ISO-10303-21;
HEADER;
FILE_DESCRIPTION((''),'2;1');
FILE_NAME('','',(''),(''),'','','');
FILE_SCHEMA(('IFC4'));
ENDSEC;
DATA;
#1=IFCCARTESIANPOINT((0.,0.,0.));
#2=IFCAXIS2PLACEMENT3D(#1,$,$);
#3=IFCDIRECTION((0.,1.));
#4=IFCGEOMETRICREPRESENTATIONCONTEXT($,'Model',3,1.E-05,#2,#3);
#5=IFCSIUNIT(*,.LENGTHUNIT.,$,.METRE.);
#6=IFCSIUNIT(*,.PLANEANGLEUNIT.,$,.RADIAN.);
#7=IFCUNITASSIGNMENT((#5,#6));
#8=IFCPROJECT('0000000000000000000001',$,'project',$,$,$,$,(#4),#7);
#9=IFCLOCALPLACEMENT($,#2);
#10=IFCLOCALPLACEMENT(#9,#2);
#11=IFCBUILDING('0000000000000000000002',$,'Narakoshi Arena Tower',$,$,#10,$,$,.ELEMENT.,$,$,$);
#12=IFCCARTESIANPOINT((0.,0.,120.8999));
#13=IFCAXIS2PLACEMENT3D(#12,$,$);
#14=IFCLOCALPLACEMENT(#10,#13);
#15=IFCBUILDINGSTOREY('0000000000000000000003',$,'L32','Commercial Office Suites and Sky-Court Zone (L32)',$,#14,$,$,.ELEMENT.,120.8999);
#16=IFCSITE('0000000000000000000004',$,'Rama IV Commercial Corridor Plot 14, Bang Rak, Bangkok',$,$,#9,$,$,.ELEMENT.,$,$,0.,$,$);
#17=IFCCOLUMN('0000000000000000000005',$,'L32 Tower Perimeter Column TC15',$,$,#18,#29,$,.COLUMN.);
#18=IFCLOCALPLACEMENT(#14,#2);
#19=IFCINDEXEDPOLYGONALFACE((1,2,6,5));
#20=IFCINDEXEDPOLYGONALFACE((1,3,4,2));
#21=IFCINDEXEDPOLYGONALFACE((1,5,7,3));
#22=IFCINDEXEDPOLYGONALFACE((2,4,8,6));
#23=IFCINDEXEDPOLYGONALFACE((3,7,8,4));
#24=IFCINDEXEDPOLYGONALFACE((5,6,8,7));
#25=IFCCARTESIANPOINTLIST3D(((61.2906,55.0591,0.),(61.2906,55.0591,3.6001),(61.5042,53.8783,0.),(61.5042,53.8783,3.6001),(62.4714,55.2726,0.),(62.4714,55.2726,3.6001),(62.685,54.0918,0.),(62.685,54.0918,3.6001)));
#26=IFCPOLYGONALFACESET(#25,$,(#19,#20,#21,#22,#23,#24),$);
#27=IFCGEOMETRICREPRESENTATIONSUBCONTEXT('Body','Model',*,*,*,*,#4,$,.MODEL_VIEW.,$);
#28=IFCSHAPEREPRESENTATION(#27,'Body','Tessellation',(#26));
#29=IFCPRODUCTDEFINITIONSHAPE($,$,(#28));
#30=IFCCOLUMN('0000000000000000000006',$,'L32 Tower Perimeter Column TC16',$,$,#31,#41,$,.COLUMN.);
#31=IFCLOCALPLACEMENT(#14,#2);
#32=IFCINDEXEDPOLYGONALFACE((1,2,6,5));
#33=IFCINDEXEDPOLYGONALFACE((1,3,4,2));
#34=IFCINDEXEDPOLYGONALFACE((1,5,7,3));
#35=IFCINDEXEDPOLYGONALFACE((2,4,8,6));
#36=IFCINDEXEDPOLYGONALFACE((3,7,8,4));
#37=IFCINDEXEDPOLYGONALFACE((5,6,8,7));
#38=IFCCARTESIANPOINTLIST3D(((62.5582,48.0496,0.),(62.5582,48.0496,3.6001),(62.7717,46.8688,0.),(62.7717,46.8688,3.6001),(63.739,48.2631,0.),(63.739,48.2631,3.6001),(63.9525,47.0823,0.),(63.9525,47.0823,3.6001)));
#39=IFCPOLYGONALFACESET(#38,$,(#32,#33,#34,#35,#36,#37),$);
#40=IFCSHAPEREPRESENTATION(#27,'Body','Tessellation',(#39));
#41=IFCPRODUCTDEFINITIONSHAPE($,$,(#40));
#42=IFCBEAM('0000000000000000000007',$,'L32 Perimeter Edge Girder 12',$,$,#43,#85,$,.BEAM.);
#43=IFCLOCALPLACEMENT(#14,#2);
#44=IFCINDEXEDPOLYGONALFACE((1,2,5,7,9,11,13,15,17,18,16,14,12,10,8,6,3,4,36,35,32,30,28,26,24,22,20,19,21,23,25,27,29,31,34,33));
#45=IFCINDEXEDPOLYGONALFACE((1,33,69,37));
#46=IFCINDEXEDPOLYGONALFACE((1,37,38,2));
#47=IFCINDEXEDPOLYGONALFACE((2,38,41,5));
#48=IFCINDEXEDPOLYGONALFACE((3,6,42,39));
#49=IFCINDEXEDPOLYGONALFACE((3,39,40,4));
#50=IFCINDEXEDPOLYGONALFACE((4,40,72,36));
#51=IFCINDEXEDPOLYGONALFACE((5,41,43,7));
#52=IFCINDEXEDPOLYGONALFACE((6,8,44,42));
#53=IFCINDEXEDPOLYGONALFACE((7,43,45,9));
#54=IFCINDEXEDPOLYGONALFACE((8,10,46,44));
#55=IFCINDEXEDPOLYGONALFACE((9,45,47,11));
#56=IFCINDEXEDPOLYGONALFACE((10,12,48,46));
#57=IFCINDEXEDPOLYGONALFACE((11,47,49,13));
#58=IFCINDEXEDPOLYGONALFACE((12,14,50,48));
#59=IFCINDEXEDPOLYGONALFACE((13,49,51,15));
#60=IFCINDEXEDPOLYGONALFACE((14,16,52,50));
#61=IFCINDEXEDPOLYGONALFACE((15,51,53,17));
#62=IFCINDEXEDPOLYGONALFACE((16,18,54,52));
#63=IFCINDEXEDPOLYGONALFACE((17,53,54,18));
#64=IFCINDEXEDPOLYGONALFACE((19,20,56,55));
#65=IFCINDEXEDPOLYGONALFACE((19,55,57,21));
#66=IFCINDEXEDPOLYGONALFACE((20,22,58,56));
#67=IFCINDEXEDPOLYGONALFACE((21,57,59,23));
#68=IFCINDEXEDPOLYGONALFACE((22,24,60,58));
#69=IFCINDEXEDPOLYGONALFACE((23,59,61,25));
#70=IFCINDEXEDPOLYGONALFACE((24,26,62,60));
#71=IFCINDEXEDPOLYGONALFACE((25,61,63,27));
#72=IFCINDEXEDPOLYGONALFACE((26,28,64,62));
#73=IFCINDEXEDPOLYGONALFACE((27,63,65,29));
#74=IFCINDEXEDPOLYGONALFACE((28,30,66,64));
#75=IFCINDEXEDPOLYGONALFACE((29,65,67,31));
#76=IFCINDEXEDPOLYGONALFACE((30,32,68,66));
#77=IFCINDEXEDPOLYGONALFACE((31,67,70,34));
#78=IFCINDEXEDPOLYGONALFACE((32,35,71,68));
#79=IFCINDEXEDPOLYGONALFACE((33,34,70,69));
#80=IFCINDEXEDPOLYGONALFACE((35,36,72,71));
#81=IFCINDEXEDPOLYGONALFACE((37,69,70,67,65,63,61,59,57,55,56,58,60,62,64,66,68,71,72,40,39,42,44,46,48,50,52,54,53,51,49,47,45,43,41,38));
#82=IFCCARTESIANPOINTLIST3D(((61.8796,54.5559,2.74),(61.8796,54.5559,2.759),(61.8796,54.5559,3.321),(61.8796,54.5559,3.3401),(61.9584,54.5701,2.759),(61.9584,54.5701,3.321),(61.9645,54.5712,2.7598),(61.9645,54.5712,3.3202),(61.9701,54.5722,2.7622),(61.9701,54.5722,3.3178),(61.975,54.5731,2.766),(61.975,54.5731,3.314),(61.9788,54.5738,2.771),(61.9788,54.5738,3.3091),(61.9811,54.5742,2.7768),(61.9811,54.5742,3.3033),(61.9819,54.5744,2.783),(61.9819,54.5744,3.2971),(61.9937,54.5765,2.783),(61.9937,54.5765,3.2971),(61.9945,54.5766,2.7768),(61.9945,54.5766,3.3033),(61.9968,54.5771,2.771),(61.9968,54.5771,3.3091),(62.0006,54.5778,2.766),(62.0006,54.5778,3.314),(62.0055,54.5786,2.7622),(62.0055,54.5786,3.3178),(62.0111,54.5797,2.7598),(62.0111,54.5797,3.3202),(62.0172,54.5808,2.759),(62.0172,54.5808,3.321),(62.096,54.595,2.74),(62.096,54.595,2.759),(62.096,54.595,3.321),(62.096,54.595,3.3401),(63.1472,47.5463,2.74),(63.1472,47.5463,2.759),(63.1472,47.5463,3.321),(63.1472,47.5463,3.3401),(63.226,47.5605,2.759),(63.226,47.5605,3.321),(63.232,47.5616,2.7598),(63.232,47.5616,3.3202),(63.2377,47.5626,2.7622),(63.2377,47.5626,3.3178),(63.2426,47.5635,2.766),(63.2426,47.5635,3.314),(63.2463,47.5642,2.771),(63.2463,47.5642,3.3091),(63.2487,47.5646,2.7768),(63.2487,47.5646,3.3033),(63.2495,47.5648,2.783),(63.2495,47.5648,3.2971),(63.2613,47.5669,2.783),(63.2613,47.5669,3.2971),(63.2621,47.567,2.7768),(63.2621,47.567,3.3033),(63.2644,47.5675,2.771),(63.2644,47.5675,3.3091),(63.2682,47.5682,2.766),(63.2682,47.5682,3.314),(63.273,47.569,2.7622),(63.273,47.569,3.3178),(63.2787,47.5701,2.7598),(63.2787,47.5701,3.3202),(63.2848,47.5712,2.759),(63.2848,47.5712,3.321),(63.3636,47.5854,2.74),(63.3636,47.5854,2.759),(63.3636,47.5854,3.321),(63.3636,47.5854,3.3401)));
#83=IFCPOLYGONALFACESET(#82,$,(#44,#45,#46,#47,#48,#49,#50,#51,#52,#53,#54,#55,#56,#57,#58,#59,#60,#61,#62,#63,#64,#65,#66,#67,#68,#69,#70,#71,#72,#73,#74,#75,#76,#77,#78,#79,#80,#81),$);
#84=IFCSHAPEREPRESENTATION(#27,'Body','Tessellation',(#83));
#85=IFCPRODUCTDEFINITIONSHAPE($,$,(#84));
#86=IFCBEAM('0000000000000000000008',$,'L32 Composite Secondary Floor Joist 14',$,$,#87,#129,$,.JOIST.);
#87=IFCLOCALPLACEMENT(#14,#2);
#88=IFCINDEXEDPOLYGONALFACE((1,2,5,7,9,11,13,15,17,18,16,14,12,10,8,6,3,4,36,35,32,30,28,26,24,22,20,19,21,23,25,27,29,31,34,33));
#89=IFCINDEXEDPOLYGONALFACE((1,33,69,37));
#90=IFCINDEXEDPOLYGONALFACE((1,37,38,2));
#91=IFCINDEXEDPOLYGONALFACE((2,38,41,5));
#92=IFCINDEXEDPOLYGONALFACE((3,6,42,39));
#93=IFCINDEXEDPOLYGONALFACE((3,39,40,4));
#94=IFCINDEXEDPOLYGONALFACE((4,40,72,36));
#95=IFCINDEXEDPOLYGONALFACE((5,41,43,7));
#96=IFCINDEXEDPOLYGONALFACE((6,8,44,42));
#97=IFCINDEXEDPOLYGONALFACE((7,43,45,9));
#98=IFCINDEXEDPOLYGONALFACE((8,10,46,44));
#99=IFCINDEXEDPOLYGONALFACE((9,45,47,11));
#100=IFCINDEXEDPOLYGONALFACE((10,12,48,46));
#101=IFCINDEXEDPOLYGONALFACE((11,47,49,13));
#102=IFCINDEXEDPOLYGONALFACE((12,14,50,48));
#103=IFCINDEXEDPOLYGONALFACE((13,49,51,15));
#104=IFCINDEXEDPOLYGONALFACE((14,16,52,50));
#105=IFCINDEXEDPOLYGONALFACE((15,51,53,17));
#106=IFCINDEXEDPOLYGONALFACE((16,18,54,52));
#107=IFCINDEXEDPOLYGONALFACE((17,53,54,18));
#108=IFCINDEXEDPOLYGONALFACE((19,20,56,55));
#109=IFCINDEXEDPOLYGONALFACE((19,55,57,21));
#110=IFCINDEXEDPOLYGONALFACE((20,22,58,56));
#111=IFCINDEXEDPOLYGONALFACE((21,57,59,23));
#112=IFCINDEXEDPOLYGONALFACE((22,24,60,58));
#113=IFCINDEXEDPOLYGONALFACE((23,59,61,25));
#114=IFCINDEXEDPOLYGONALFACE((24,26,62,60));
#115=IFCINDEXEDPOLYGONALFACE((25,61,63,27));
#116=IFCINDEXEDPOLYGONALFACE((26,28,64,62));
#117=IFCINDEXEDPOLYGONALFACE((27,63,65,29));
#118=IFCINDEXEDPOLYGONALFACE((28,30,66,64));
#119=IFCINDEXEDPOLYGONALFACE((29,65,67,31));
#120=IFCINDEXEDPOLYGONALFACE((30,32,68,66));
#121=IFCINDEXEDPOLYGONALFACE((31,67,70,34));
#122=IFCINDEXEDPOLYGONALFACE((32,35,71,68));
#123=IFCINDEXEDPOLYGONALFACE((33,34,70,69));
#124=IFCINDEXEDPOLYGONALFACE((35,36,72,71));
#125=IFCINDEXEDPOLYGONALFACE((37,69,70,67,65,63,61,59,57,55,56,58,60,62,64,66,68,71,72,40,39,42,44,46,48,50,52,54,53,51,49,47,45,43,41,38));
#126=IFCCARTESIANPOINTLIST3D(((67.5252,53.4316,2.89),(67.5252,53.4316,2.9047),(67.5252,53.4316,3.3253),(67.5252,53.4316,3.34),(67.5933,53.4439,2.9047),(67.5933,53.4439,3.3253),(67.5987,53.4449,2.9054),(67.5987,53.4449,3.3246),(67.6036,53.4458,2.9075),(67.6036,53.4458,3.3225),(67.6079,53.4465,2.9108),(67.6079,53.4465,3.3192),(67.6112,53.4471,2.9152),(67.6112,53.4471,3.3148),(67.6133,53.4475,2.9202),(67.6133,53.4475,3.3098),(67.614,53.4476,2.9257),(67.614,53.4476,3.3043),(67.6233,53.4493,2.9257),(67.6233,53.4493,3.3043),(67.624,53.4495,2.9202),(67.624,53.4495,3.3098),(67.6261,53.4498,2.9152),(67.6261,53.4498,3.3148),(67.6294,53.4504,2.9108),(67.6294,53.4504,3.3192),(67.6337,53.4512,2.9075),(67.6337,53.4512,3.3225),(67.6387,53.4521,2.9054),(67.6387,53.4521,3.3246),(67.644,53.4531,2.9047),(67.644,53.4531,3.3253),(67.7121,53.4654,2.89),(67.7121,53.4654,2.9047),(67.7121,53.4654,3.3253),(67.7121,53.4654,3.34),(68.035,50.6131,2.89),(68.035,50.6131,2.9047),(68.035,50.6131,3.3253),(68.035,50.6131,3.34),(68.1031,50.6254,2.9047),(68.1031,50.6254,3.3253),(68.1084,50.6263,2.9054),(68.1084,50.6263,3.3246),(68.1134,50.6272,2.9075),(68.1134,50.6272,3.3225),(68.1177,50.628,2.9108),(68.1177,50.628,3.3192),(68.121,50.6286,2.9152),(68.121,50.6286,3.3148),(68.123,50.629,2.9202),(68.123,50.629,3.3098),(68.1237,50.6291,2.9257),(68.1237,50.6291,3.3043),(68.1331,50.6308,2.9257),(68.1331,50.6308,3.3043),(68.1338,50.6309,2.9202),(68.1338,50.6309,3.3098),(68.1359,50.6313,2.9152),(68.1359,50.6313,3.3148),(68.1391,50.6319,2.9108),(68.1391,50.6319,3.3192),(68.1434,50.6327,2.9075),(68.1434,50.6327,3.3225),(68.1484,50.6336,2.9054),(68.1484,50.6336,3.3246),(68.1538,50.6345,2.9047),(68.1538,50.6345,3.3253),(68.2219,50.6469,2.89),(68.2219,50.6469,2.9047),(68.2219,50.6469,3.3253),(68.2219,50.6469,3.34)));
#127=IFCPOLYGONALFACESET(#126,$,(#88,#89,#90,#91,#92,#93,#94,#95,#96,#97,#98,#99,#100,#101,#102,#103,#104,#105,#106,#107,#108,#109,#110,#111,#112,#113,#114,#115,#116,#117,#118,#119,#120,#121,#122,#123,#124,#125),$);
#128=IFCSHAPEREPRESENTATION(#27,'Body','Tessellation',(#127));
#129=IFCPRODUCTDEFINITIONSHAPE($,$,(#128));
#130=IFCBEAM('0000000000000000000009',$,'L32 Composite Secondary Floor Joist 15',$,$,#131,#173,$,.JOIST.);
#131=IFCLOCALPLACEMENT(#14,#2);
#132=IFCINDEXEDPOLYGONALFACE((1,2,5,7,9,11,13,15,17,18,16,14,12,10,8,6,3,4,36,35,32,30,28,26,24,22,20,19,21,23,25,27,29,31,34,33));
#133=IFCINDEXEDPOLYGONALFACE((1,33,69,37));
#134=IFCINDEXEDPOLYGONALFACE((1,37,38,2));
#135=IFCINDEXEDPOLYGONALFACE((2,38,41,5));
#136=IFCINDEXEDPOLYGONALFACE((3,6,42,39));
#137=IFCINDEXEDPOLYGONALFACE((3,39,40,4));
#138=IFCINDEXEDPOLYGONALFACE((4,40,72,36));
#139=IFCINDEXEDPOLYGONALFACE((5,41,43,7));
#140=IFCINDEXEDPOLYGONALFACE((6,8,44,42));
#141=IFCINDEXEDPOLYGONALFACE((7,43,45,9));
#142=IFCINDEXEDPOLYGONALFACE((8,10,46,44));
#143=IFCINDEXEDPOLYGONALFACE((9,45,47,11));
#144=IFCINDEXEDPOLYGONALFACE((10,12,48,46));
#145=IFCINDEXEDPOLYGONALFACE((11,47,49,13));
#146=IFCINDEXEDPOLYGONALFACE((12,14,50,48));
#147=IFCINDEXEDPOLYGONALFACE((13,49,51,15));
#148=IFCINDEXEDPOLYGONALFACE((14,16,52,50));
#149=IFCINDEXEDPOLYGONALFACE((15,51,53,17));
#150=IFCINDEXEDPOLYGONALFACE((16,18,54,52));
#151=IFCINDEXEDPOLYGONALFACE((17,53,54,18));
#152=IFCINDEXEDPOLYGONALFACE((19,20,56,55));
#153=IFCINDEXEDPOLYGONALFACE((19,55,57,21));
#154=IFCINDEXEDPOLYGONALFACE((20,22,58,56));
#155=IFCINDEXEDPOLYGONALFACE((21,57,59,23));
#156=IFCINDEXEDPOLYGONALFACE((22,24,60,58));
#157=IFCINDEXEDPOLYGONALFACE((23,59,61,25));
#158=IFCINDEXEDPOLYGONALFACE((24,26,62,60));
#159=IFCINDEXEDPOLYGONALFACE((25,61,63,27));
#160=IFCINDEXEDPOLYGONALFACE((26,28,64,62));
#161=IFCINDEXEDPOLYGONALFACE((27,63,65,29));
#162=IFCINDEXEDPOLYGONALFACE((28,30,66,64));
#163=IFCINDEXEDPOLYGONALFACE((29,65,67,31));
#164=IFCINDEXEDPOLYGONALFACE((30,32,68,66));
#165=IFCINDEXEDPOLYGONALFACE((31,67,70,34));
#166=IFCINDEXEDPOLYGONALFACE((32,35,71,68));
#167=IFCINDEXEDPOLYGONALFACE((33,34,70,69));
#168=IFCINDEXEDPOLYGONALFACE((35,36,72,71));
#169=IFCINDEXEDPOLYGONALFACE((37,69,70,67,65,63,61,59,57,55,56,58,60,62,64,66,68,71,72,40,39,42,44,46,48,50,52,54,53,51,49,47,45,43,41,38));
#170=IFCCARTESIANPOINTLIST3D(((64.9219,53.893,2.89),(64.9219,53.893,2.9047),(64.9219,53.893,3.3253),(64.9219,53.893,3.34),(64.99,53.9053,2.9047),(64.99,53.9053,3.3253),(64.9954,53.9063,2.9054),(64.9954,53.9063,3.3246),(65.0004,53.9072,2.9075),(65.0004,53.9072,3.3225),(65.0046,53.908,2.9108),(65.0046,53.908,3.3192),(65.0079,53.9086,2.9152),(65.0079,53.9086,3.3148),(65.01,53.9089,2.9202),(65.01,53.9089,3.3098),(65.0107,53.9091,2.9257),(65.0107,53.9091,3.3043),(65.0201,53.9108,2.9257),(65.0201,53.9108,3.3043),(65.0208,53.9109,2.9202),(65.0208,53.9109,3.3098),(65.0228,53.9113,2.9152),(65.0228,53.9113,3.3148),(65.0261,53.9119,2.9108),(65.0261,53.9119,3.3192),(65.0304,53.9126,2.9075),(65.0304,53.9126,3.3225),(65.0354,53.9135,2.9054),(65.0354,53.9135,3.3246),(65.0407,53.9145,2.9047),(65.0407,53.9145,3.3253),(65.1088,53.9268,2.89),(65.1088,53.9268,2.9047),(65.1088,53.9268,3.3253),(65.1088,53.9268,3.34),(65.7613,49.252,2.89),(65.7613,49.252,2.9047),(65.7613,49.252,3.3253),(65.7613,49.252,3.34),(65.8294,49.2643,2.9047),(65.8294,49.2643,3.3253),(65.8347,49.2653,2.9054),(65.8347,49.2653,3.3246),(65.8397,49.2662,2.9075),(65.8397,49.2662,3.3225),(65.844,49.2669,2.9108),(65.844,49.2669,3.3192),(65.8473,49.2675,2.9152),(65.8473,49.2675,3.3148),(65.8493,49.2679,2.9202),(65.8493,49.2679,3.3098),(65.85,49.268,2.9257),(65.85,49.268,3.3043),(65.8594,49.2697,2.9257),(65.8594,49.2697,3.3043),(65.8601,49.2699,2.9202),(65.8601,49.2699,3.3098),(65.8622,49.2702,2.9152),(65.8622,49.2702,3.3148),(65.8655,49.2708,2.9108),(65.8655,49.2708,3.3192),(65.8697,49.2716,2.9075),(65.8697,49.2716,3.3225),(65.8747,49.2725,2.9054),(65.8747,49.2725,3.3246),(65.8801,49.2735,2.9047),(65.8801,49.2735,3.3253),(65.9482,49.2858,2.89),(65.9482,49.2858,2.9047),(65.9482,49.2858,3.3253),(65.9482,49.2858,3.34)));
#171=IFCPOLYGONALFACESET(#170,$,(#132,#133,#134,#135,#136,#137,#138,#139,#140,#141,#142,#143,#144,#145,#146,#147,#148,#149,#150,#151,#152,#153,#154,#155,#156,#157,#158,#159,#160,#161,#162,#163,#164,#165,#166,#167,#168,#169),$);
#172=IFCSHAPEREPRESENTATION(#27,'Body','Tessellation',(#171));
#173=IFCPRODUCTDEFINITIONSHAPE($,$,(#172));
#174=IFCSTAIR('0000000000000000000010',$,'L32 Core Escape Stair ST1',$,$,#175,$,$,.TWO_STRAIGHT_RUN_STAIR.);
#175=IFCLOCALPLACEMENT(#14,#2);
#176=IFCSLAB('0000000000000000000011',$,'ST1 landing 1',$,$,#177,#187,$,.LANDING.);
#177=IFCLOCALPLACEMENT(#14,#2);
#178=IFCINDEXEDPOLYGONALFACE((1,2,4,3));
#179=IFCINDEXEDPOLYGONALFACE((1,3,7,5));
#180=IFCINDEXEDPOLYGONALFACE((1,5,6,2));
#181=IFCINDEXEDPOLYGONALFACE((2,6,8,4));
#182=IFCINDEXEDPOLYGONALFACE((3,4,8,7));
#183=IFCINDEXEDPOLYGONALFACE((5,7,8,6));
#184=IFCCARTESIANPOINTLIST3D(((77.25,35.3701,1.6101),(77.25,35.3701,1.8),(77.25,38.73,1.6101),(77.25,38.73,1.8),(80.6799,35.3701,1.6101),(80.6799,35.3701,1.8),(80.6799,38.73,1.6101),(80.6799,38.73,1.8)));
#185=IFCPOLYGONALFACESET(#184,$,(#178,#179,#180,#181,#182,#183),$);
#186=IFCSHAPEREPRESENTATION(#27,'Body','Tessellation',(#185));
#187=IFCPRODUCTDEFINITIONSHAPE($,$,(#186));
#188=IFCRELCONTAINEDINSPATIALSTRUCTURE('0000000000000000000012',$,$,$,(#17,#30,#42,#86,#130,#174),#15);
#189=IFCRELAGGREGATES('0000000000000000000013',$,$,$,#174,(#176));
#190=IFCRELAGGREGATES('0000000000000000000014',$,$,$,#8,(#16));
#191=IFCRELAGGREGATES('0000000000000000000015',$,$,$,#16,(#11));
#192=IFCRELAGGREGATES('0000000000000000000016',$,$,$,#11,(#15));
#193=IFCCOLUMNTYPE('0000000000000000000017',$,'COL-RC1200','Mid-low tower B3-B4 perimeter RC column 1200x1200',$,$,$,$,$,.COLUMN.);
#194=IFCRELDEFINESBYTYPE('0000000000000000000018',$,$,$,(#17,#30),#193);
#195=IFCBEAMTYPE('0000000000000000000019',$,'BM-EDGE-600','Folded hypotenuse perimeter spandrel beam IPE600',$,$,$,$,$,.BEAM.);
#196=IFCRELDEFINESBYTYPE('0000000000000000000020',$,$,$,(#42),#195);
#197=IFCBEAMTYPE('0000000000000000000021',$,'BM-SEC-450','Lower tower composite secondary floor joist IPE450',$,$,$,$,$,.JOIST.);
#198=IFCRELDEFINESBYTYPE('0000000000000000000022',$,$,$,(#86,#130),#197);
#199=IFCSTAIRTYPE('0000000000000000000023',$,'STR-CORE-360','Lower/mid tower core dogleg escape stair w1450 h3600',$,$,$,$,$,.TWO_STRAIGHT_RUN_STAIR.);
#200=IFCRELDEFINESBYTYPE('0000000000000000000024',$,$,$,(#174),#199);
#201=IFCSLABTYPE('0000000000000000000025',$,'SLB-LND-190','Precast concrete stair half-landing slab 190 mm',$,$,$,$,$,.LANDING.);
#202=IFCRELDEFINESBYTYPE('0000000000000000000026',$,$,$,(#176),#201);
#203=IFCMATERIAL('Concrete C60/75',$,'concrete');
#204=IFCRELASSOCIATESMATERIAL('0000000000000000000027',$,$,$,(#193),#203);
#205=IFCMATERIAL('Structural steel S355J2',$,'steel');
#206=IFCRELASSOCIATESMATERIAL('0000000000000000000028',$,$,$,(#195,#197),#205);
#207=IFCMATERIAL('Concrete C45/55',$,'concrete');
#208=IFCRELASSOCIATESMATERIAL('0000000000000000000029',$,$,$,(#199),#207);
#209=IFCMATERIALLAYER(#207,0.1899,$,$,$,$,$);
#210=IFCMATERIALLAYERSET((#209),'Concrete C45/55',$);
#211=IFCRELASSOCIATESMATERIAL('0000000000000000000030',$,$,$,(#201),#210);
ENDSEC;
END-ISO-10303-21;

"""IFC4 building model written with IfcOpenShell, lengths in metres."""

from ifc_helpers import new_model, si_unit, direction, frame, origin, origin_2d, place, context, subcontext, project, spatial, polyline, rectangle, i_section, outline, extrude, material, layer, layer_set, material_profile, profile_set, type_object, element, aggregate, save


model = new_model("IFC4")

# Units and contexts
model_context = context("Model", 3, precision=1e-05, world=origin(), true_north=direction((0.0, 1.0)))
body_context = subcontext(model_context, "Body", "Model", "MODEL_VIEW")
ifc_project = project(units=[si_unit("LENGTHUNIT", "METRE"), si_unit("PLANEANGLEUNIT", "RADIAN")], contexts=[model_context])

# Site, building, storey
site_placement = place(None, origin())
site = spatial("IfcSite", under=ifc_project, at=site_placement, Name="Rama IV Commercial Corridor Plot 14, Bang Rak, Bangkok", CompositionType="ELEMENT", RefElevation=0.0)
building_placement = place(site_placement, origin())
building = spatial("IfcBuilding", under=site, at=building_placement, Name="Narakoshi Arena Tower", CompositionType="ELEMENT")
storey_placement = place(building_placement, frame((0.0, 0.0, 120.8999)))
storey = spatial("IfcBuildingStorey", under=building, at=storey_placement, Name="L32", Description="Commercial Office Suites and Sky-Court Zone (L32)", CompositionType="ELEMENT", Elevation=120.8999)

# Columns
ifc_material_1 = material(Name="Concrete C60/75", Category="concrete")
ifc_material_profile_1 = material_profile(ifc_material_1, rectangle(XDim=1.2, YDim=1.2, at=origin_2d()), Name="RC1200x1200")
ifc_profile_set_1 = profile_set([ifc_material_profile_1], Name="Concrete C60/75")
column_type = type_object("IfcColumnType", Name="COL-RC1200", Description="Mid-low tower B3-B4 perimeter RC column 1200x1200", PredefinedType="COLUMN", material=ifc_profile_set_1)
for number, where, z_axis, x_axis, name in (
    (1, (61.9878, 54.5754, 0.0), (0.0, 0.0, 1.0), (-0.177944, 0.984041, 0.0), "L32 Tower Perimeter Column TC15"),
    (2, (63.2554, 47.5659, 0.0), (0.0, 0.0, 1.0), (-0.177944, 0.984041, 0.0), "L32 Tower Perimeter Column TC16"),
):
    element("IfcColumn", number, at=place(storey_placement, frame(where, z_axis=z_axis, x_axis=x_axis)), inside=storey, type_object=column_type, Name=name, PredefinedType="COLUMN", context=body_context, shape_type="SweptSolid", body=[
        extrude(rectangle(XDim=1.2, YDim=1.2, at=origin_2d()), origin(), (0.0, 0.0, 1.0), 3.6001),
    ])

# Beams
ifc_material_2 = material(Name="Structural steel S355J2", Category="steel")
ifc_material_profile_2 = material_profile(ifc_material_2, i_section(OverallWidth=0.22, OverallDepth=0.6001, WebThickness=0.012, FlangeThickness=0.019, FilletRadius=0.0239, at=origin_2d()), Name="IPE600")
ifc_profile_set_2 = profile_set([ifc_material_profile_2], Name="Structural steel S355J2")
beam_type_1 = type_object("IfcBeamType", Name="BM-EDGE-600", Description="Folded hypotenuse perimeter spandrel beam IPE600", PredefinedType="BEAM", material=ifc_profile_set_2)
beam_1_placement = place(storey_placement, frame((61.9878, 54.5754, 3.04), z_axis=(0.17795, -0.984039, 0.0), x_axis=(0.984039, 0.17795, 0.0)))
element("IfcBeam", 3, at=beam_1_placement, inside=storey, type_object=beam_type_1, Name="L32 Perimeter Edge Girder 12", PredefinedType="BEAM", context=body_context, shape_type="SweptSolid", body=[
    extrude(i_section(OverallWidth=0.22, OverallDepth=0.6001, WebThickness=0.012, FlangeThickness=0.019, FilletRadius=0.0239, at=origin_2d()), origin(), (0.0, 0.0, 1.0), 7.1233),
])
ifc_material_profile_3 = material_profile(ifc_material_2, i_section(OverallWidth=0.1899, OverallDepth=0.45, WebThickness=0.0095, FlangeThickness=0.0146, FilletRadius=0.021, at=origin_2d()), Name="IPE450")
ifc_profile_set_3 = profile_set([ifc_material_profile_3], Name="Structural steel S355J2")
beam_type_2 = type_object("IfcBeamType", Name="BM-SEC-450", Description="Lower tower composite secondary floor joist IPE450", PredefinedType="JOIST", material=ifc_profile_set_3)
beam_2_placement = place(storey_placement, frame((67.6187, 53.4485, 3.115), z_axis=(0.17797, -0.984036, 0.0), x_axis=(0.984036, 0.17797, 0.0)))
element("IfcBeam", 4, at=beam_2_placement, inside=storey, type_object=beam_type_2, Name="L32 Composite Secondary Floor Joist 14", PredefinedType="JOIST", context=body_context, shape_type="SweptSolid", body=[
    extrude(i_section(OverallWidth=0.1899, OverallDepth=0.45, WebThickness=0.0095, FlangeThickness=0.0146, FilletRadius=0.021, at=origin_2d()), origin(), (0.0, 0.0, 1.0), 2.8643),
])
beam_3_placement = place(storey_placement, frame((65.0154, 53.9099, 3.115), z_axis=(0.177965, -0.984037, 0.0), x_axis=(0.984037, 0.177965, 0.0)))
element("IfcBeam", 5, at=beam_3_placement, inside=storey, type_object=beam_type_2, Name="L32 Composite Secondary Floor Joist 15", PredefinedType="JOIST", context=body_context, shape_type="SweptSolid", body=[
    extrude(i_section(OverallWidth=0.1899, OverallDepth=0.45, WebThickness=0.0095, FlangeThickness=0.0146, FilletRadius=0.021, at=origin_2d()), origin(), (0.0, 0.0, 1.0), 4.7163),
])

# Stair, slab
ifc_material_3 = material(Name="Concrete C45/55", Category="concrete")
stair_type = type_object("IfcStairType", Name="STR-CORE-360", Description="Lower/mid tower core dogleg escape stair w1450 h3600", PredefinedType="TWO_STRAIGHT_RUN_STAIR", material=ifc_material_3)
stair_1_placement = place(storey_placement, origin())
stair_1 = element("IfcStair", 6, at=stair_1_placement, inside=storey, type_object=stair_type, Name="L32 Core Escape Stair ST1", PredefinedType="TWO_STRAIGHT_RUN_STAIR")
ifc_layer_1 = layer(ifc_material_3, 0.1899)
ifc_layer_set_1 = layer_set([ifc_layer_1], Name="Concrete C45/55")
slab_type_1 = type_object("IfcSlabType", Name="SLB-LND-190", Description="Precast concrete stair half-landing slab 190 mm", PredefinedType="LANDING", material=ifc_layer_set_1)
slab_1_placement = place(storey_placement, frame((0.0, 0.0, 1.6101)))
slab_1 = element("IfcSlab", 7, at=slab_1_placement, type_object=slab_type_1, Name="ST1 landing 1", PredefinedType="LANDING", context=body_context, shape_type="SweptSolid", body=[
    extrude(outline(polyline([(77.25, 35.3701), (80.6799, 35.3701), (80.6799, 38.73), (77.25, 38.73), (77.25, 35.3701)])), origin(), (0.0, 0.0, 1.0), 0.1899),
])
aggregate(stair_1, [slab_1])

save(model, "model.ifc")
